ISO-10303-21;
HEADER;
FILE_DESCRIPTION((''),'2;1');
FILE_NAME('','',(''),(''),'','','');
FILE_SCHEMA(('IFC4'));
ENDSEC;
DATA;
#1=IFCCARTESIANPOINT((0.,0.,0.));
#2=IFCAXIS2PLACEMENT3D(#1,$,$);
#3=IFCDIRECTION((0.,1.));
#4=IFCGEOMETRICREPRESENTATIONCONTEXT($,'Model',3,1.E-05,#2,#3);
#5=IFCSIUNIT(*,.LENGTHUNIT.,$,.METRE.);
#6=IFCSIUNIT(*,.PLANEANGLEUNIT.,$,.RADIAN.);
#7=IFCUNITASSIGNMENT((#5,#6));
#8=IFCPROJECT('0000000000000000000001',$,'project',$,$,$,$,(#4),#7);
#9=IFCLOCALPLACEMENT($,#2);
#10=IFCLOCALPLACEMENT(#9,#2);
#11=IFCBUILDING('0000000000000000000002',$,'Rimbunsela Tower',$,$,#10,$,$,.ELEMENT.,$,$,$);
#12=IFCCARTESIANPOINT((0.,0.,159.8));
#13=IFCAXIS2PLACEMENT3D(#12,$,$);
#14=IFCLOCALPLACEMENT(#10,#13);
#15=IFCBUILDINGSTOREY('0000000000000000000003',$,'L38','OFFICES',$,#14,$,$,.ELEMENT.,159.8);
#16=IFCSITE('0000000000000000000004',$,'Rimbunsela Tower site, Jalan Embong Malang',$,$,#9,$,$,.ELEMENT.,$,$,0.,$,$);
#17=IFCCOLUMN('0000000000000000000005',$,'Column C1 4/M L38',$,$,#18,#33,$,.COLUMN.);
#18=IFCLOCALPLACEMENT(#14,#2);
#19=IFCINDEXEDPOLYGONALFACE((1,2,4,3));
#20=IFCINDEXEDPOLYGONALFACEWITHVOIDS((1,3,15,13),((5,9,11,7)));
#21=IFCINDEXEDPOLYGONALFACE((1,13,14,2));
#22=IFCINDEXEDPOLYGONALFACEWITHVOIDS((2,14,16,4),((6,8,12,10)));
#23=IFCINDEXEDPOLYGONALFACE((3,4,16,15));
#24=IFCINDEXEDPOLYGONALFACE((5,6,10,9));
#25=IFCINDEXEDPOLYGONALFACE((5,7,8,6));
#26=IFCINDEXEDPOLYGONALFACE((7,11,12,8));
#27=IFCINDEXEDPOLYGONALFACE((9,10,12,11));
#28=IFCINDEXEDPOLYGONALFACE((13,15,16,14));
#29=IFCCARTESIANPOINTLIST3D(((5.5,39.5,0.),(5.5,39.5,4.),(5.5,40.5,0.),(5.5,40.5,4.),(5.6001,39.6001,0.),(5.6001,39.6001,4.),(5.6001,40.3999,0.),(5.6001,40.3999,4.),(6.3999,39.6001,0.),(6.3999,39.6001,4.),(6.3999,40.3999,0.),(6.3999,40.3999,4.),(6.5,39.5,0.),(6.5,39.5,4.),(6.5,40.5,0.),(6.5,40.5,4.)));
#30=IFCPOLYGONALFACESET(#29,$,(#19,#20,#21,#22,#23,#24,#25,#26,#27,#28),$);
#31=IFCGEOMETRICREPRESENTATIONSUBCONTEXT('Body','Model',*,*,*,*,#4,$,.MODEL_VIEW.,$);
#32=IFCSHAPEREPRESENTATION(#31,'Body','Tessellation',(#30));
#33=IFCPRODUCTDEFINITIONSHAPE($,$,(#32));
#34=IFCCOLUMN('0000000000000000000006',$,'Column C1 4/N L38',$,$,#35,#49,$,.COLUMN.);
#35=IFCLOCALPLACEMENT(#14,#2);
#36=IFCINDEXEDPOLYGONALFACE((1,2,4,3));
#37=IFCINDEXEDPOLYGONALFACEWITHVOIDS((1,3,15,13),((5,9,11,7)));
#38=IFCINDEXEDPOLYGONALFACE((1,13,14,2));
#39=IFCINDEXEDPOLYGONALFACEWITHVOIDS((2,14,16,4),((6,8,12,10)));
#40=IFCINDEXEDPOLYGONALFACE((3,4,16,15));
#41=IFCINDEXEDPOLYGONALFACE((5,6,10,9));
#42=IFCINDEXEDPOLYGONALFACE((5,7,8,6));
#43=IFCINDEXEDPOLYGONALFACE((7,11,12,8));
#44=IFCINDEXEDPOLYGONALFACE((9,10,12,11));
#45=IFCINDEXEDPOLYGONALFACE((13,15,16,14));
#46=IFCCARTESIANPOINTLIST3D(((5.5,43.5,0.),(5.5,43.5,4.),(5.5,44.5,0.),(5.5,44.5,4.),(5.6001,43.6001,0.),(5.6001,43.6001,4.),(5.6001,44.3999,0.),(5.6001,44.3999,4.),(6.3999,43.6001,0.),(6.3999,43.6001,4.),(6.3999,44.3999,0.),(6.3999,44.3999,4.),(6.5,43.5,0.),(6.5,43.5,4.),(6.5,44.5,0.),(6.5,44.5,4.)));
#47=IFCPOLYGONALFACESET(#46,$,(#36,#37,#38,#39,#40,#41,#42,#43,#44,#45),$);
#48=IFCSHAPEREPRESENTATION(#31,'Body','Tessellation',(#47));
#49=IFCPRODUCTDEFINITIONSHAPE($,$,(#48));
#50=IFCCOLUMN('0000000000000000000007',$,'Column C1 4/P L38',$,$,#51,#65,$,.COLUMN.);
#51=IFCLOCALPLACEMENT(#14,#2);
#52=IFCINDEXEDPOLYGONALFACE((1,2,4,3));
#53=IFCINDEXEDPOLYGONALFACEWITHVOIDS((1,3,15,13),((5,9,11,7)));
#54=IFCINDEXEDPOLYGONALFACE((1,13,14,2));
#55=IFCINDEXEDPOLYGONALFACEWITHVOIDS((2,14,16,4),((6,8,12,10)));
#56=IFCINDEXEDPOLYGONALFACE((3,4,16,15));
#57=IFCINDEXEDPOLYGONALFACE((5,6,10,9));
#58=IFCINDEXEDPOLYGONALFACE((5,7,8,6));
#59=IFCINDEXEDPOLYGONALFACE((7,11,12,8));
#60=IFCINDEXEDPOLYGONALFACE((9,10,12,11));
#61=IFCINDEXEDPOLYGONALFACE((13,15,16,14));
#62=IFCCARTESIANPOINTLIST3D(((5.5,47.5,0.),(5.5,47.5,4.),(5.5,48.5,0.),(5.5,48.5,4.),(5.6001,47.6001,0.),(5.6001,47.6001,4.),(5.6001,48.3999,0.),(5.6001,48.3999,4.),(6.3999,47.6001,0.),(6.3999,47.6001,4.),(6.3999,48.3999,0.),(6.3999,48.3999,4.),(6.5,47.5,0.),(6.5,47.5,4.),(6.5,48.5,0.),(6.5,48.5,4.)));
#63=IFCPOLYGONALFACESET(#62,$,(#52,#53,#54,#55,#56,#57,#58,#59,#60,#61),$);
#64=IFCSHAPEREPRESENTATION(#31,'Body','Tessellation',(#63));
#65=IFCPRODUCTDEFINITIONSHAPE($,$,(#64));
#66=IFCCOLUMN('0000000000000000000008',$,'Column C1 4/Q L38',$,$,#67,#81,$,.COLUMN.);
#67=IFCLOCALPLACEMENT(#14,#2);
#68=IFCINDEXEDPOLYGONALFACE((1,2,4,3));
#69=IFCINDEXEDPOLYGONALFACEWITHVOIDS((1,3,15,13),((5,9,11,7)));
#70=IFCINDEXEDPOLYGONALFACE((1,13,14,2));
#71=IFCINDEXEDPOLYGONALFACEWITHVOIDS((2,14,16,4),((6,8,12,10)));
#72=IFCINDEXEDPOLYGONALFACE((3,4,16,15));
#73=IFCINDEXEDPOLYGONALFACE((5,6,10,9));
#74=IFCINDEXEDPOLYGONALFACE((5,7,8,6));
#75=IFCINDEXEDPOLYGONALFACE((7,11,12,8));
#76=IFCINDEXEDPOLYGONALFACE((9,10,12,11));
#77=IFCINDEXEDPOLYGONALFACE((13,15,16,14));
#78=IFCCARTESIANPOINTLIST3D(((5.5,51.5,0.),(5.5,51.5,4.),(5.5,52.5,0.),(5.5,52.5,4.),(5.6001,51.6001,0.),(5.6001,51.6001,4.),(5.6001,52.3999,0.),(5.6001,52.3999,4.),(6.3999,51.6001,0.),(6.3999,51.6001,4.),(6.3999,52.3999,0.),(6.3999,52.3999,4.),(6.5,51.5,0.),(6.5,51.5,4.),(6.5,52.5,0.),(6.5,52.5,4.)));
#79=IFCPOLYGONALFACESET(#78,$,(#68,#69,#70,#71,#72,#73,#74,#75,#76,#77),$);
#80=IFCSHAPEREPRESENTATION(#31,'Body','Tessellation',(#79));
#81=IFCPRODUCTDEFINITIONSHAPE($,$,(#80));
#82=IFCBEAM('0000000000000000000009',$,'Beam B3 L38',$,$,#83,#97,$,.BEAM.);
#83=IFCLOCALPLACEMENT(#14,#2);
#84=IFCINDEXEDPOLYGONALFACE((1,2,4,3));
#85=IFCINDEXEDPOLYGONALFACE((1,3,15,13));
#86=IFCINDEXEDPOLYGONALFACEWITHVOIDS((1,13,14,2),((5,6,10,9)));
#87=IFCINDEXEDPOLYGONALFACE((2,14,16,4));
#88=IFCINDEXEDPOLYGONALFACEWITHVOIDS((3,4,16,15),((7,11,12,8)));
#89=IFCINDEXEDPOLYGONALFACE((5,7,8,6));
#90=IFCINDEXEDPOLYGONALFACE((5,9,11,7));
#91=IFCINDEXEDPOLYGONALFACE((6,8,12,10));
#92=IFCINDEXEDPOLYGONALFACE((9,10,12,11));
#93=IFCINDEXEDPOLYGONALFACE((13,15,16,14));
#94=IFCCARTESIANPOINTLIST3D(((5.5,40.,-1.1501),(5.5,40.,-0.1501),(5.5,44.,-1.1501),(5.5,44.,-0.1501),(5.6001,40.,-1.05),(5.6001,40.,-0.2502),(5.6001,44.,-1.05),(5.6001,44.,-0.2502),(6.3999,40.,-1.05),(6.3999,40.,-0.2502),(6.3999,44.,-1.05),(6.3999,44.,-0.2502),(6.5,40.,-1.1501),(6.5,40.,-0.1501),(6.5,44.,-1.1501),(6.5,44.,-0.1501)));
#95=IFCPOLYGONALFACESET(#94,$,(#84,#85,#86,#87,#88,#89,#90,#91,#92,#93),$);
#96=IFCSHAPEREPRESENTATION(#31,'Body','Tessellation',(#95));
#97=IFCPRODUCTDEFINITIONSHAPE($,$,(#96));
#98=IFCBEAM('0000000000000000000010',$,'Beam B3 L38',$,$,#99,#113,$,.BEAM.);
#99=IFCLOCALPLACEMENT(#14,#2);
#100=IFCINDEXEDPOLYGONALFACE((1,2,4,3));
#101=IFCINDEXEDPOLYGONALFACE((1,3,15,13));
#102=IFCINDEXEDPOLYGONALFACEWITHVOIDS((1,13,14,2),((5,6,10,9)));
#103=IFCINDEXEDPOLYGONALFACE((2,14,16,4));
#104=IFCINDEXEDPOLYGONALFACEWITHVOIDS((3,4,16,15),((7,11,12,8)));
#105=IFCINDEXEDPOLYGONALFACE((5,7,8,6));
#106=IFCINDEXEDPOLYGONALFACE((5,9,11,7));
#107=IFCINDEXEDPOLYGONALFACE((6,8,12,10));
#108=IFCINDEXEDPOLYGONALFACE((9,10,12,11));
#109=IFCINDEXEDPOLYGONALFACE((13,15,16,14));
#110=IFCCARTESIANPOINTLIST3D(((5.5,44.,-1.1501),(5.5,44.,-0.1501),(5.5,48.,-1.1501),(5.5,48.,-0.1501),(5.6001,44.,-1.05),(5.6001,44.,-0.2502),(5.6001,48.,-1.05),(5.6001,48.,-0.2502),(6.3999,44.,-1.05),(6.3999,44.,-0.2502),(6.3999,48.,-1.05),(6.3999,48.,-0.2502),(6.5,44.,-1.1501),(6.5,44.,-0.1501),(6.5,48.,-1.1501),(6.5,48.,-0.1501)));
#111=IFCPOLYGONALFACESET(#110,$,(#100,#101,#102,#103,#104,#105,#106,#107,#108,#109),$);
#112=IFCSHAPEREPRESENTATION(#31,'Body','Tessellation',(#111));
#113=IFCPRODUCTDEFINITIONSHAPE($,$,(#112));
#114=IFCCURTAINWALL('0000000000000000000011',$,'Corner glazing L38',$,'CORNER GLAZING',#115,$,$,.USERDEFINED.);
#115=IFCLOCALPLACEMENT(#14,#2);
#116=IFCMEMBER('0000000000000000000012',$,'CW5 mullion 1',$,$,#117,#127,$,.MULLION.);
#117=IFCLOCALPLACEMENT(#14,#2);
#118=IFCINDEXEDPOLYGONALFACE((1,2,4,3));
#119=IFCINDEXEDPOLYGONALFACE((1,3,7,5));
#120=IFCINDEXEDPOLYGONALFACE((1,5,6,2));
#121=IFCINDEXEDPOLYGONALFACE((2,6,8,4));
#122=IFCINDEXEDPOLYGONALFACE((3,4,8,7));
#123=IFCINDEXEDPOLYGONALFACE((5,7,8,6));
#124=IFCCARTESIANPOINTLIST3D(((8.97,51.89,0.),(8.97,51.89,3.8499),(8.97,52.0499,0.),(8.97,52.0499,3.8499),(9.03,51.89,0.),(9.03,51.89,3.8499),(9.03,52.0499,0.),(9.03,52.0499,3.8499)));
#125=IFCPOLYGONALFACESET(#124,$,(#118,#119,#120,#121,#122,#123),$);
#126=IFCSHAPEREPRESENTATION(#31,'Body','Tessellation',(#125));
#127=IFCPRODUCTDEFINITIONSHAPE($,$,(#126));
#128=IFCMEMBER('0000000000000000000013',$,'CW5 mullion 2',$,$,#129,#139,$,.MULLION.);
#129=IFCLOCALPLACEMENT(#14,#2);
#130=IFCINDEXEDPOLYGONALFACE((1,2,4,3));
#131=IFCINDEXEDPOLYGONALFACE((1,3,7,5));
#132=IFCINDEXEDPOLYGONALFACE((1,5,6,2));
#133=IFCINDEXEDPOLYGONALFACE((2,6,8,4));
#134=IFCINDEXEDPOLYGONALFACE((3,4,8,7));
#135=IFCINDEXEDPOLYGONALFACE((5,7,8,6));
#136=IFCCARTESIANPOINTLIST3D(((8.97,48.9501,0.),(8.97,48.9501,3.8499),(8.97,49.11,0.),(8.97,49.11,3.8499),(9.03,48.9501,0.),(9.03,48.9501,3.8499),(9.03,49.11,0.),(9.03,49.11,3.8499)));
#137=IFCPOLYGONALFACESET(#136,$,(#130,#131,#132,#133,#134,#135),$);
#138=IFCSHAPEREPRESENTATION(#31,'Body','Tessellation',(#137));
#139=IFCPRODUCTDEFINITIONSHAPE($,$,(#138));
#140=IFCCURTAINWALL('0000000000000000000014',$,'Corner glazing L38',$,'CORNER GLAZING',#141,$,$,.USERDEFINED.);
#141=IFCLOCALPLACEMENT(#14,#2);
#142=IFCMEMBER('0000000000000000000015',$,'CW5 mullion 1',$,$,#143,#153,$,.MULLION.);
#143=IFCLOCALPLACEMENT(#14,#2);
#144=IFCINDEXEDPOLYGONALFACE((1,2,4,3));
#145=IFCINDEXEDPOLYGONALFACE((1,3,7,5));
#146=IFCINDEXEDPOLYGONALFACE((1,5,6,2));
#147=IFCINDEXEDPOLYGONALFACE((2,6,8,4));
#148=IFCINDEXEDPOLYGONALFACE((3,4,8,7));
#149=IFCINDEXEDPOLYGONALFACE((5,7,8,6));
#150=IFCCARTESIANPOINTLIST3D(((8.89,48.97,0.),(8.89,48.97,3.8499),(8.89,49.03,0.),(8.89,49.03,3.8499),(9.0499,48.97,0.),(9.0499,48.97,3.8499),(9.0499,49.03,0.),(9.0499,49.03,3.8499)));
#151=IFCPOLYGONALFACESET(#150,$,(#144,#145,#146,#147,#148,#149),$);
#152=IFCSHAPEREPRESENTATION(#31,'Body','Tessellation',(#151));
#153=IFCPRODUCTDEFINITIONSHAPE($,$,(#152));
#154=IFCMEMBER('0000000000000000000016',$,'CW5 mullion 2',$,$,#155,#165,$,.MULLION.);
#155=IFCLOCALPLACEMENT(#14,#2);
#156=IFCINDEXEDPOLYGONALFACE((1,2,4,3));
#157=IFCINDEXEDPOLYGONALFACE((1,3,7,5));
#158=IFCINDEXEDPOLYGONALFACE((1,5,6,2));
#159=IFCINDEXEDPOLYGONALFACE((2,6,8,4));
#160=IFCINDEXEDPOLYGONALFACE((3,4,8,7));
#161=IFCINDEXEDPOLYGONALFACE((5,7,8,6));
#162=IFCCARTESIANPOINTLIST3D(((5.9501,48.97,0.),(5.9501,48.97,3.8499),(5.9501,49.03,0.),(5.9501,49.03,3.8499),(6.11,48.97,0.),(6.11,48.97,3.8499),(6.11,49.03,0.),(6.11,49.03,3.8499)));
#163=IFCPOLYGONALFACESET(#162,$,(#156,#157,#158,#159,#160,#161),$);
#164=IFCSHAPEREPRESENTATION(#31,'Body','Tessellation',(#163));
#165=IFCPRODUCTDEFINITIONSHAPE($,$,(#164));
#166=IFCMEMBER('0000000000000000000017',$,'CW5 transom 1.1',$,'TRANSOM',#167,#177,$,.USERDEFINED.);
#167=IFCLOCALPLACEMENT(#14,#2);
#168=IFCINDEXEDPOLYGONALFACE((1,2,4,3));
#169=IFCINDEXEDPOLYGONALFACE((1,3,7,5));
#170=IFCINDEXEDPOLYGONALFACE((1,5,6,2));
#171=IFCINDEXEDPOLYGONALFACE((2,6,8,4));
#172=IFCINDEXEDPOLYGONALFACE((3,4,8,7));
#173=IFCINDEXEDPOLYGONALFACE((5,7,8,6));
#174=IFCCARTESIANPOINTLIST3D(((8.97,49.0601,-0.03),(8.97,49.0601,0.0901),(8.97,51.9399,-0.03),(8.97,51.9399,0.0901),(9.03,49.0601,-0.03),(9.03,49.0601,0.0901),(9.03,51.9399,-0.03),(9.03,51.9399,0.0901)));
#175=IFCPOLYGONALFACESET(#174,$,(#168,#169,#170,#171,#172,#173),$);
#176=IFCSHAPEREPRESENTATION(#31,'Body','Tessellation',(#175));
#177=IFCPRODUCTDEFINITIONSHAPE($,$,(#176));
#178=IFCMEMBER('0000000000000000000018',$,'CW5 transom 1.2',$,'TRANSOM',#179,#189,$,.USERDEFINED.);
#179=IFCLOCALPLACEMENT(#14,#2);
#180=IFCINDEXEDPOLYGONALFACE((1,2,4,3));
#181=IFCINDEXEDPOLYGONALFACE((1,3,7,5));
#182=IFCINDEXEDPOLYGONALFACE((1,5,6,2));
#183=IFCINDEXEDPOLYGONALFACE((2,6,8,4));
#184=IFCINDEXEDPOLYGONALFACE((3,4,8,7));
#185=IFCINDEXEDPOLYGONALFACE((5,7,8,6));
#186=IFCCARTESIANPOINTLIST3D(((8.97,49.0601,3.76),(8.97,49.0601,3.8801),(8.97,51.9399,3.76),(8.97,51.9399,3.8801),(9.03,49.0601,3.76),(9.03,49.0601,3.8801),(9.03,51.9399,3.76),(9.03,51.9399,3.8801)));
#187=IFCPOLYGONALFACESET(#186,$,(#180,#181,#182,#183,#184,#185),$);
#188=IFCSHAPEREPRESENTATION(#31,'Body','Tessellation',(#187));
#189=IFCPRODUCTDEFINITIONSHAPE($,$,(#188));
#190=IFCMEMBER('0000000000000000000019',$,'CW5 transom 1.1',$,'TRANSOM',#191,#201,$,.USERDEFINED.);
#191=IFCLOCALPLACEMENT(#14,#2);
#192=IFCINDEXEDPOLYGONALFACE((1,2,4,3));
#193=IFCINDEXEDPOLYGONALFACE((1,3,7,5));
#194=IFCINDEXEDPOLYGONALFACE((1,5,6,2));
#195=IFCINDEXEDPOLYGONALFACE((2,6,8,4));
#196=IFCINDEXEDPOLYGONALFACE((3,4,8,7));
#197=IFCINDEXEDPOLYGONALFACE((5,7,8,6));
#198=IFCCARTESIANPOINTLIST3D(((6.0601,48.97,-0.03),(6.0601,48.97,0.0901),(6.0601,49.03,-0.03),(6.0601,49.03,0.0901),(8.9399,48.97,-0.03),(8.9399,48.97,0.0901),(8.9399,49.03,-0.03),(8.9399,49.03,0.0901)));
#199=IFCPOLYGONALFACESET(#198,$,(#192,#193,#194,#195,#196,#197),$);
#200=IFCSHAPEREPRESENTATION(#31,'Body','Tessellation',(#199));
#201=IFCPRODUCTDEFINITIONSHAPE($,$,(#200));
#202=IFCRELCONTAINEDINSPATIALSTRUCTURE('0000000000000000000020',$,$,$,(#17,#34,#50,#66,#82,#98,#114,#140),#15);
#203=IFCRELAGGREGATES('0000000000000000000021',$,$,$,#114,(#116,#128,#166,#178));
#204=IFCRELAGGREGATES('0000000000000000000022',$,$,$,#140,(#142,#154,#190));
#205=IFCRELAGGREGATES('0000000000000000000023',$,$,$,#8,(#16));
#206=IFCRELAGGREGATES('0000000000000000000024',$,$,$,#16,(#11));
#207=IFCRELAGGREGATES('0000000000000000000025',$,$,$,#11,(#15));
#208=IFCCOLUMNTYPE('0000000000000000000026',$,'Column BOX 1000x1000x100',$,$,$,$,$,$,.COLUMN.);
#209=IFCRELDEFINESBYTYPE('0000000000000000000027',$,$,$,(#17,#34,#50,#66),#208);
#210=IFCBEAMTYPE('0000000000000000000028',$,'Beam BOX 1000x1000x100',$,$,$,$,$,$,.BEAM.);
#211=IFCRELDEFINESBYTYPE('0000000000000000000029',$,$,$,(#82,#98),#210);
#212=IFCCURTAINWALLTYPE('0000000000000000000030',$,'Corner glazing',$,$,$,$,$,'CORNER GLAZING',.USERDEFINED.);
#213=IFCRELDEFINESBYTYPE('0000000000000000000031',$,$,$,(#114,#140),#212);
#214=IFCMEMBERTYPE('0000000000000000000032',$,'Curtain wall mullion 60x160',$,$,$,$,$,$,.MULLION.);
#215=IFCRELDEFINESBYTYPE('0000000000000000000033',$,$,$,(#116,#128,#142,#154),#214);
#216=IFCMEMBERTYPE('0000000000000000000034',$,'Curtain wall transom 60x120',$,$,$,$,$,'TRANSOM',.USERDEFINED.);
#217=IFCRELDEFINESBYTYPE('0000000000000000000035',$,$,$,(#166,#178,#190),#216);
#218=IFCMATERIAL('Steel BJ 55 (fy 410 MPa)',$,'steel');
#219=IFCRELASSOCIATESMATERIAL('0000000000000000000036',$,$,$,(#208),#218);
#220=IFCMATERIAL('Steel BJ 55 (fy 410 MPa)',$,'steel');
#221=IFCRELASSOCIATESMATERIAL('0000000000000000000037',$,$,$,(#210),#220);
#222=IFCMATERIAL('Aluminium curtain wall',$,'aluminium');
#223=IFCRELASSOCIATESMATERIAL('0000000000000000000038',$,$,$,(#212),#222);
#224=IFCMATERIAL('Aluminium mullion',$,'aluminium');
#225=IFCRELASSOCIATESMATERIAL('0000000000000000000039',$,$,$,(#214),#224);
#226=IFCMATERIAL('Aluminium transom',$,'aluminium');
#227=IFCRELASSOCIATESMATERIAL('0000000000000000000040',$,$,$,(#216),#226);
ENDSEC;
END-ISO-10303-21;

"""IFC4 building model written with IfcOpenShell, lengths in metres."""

from ifc_helpers import new_model, si_unit, direction, frame, origin, origin_2d, place, context, subcontext, project, spatial, rectangle, hollow_rectangle, extrude, material, material_profile, profile_set, type_object, element, aggregate, save


model = new_model("IFC4")

# Units and contexts
model_context = context("Model", 3, precision=1e-05, world=origin(), true_north=direction((0.0, 1.0)))
body_context = subcontext(model_context, "Body", "Model", "MODEL_VIEW")
ifc_project = project(units=[si_unit("LENGTHUNIT", "METRE"), si_unit("PLANEANGLEUNIT", "RADIAN")], contexts=[model_context])

# Site, building, storey
site_placement = place(None, origin())
site = spatial("IfcSite", under=ifc_project, at=site_placement, Name="Rimbunsela Tower site, Jalan Embong Malang", CompositionType="ELEMENT", RefElevation=0.0)
building_placement = place(site_placement, origin())
building = spatial("IfcBuilding", under=site, at=building_placement, Name="Rimbunsela Tower", CompositionType="ELEMENT")
storey_placement = place(building_placement, frame((0.0, 0.0, 159.8)))
storey = spatial("IfcBuildingStorey", under=building, at=storey_placement, Name="L38", Description="OFFICES", CompositionType="ELEMENT", Elevation=159.8)

# Columns
ifc_material_1 = material(Name="Steel BJ 55 (fy 410 MPa)", Category="steel")
ifc_material_profile_1 = material_profile(ifc_material_1, hollow_rectangle(XDim=1.0, YDim=1.0, WallThickness=0.1001, at=origin_2d()), Name="BOX 1000x1000x100")
ifc_profile_set_1 = profile_set([ifc_material_profile_1], Name="Steel BJ 55 (fy 410 MPa)")
column_type = type_object("IfcColumnType", Name="Column BOX 1000x1000x100", PredefinedType="COLUMN", material=ifc_profile_set_1)
for number, where, z_axis, x_axis, name in (
    (1, (6.0, 40.0, 0.0), (0.0, 0.0, 1.0), (1.0, 0.0, 0.0), "Column C1 4/M L38"),
    (2, (6.0, 44.0, 0.0), (0.0, 0.0, 1.0), (1.0, 0.0, 0.0), "Column C1 4/N L38"),
    (3, (6.0, 48.0, 0.0), (0.0, 0.0, 1.0), (1.0, 0.0, 0.0), "Column C1 4/P L38"),
    (4, (6.0, 52.0, 0.0), (0.0, 0.0, 1.0), (1.0, 0.0, 0.0), "Column C1 4/Q L38"),
):
    element("IfcColumn", number, at=place(storey_placement, frame(where, z_axis=z_axis, x_axis=x_axis)), inside=storey, type_object=column_type, Name=name, PredefinedType="COLUMN", context=body_context, shape_type="SweptSolid", body=[
        extrude(hollow_rectangle(XDim=1.0, YDim=1.0, WallThickness=0.1001, at=origin_2d()), origin(), (0.0, 0.0, 1.0), 4.0),
    ])

# Beams
ifc_material_2 = material(Name="Steel BJ 55 (fy 410 MPa)", Category="steel")
ifc_material_profile_2 = material_profile(ifc_material_2, hollow_rectangle(XDim=1.0, YDim=1.0, WallThickness=0.1001, at=origin_2d()), Name="BOX 1000x1000x100")
ifc_profile_set_2 = profile_set([ifc_material_profile_2], Name="Steel BJ 55 (fy 410 MPa)")
beam_type = type_object("IfcBeamType", Name="Beam BOX 1000x1000x100", PredefinedType="BEAM", material=ifc_profile_set_2)
for number, where, z_axis, x_axis, name in (
    (5, (6.0, 40.0, -0.6501), (0.0, 1.0, 0.0), (-1.0, 0.0, 0.0), "Beam B3 L38"),
    (6, (6.0, 44.0, -0.6501), (0.0, 1.0, 0.0), (-1.0, 0.0, 0.0), "Beam B3 L38"),
):
    element("IfcBeam", number, at=place(storey_placement, frame(where, z_axis=z_axis, x_axis=x_axis)), inside=storey, type_object=beam_type, Name=name, PredefinedType="BEAM", context=body_context, shape_type="SweptSolid", body=[
        extrude(hollow_rectangle(XDim=1.0, YDim=1.0, WallThickness=0.1001, at=origin_2d()), origin(), (0.0, 0.0, 1.0), 4.0),
    ])

# Curtain walls, members
ifc_material_3 = material(Name="Aluminium curtain wall", Category="aluminium")
curtain_wall_type = type_object("IfcCurtainWallType", Name="Corner glazing", ElementType="CORNER GLAZING", PredefinedType="USERDEFINED", material=ifc_material_3)
curtain_wall_1_placement = place(storey_placement, origin())
curtain_wall_1 = element("IfcCurtainWall", 7, at=curtain_wall_1_placement, inside=storey, type_object=curtain_wall_type, Name="Corner glazing L38", ObjectType="CORNER GLAZING", PredefinedType="USERDEFINED")
ifc_material_4 = material(Name="Aluminium mullion", Category="aluminium")
ifc_material_profile_3 = material_profile(ifc_material_4, rectangle(XDim=0.0601, YDim=0.1599, at=origin_2d()), Name="Mullion 60x160")
ifc_profile_set_3 = profile_set([ifc_material_profile_3], Name="Aluminium mullion")
member_type_1 = type_object("IfcMemberType", Name="Curtain wall mullion 60x160", PredefinedType="MULLION", material=ifc_profile_set_3)
member_1_placement = place(storey_placement, frame((9.0, 51.97, 0.0), z_axis=(0.0, 0.0, 1.0), x_axis=(1.0, 0.0, 0.0)))
member_1 = element("IfcMember", 8, at=member_1_placement, type_object=member_type_1, Name="CW5 mullion 1", PredefinedType="MULLION", context=body_context, shape_type="SweptSolid", body=[
    extrude(rectangle(XDim=0.0601, YDim=0.1599, at=origin_2d()), origin(), (0.0, 0.0, 1.0), 3.8499),
])
member_2_placement = place(storey_placement, frame((9.0, 49.03, 0.0), z_axis=(0.0, 0.0, 1.0), x_axis=(1.0, 0.0, 0.0)))
member_2 = element("IfcMember", 9, at=member_2_placement, type_object=member_type_1, Name="CW5 mullion 2", PredefinedType="MULLION", context=body_context, shape_type="SweptSolid", body=[
    extrude(rectangle(XDim=0.0601, YDim=0.1599, at=origin_2d()), origin(), (0.0, 0.0, 1.0), 3.8499),
])
curtain_wall_2_placement = place(storey_placement, origin())
curtain_wall_2 = element("IfcCurtainWall", 10, at=curtain_wall_2_placement, inside=storey, type_object=curtain_wall_type, Name="Corner glazing L38", ObjectType="CORNER GLAZING", PredefinedType="USERDEFINED")
member_3_placement = place(storey_placement, frame((8.97, 49.0, 0.0), z_axis=(0.0, 0.0, 1.0), x_axis=(0.0, -1.0, 0.0)))
member_3 = element("IfcMember", 11, at=member_3_placement, type_object=member_type_1, Name="CW5 mullion 1", PredefinedType="MULLION", context=body_context, shape_type="SweptSolid", body=[
    extrude(rectangle(XDim=0.0601, YDim=0.1599, at=origin_2d()), origin(), (0.0, 0.0, 1.0), 3.8499),
])
member_4_placement = place(storey_placement, frame((6.03, 49.0, 0.0), z_axis=(0.0, 0.0, 1.0), x_axis=(0.0, -1.0, 0.0)))
member_4 = element("IfcMember", 12, at=member_4_placement, type_object=member_type_1, Name="CW5 mullion 2", PredefinedType="MULLION", context=body_context, shape_type="SweptSolid", body=[
    extrude(rectangle(XDim=0.0601, YDim=0.1599, at=origin_2d()), origin(), (0.0, 0.0, 1.0), 3.8499),
])

# Members
ifc_material_5 = material(Name="Aluminium transom", Category="aluminium")
ifc_material_profile_4 = material_profile(ifc_material_5, rectangle(XDim=0.0601, YDim=0.1201, at=origin_2d()), Name="Transom 60x120")
ifc_profile_set_4 = profile_set([ifc_material_profile_4], Name="Aluminium transom")
member_type_2 = type_object("IfcMemberType", Name="Curtain wall transom 60x120", ElementType="TRANSOM", PredefinedType="USERDEFINED", material=ifc_profile_set_4)
member_5_placement = place(storey_placement, frame((9.0, 51.9399, 0.03), z_axis=(0.0, -1.0, 0.0), x_axis=(1.0, 0.0, 0.0)))
member_5 = element("IfcMember", 13, at=member_5_placement, type_object=member_type_2, Name="CW5 transom 1.1", ObjectType="TRANSOM", PredefinedType="USERDEFINED", context=body_context, shape_type="SweptSolid", body=[
    extrude(rectangle(XDim=0.0601, YDim=0.1201, at=origin_2d()), origin(), (0.0, 0.0, 1.0), 2.8799),
])
member_6_placement = place(storey_placement, frame((9.0, 51.9399, 3.8201), z_axis=(0.0, -1.0, 0.0), x_axis=(1.0, 0.0, 0.0)))
member_6 = element("IfcMember", 14, at=member_6_placement, type_object=member_type_2, Name="CW5 transom 1.2", ObjectType="TRANSOM", PredefinedType="USERDEFINED", context=body_context, shape_type="SweptSolid", body=[
    extrude(rectangle(XDim=0.0601, YDim=0.1201, at=origin_2d()), origin(), (0.0, 0.0, 1.0), 2.8799),
])
member_7_placement = place(storey_placement, frame((8.9399, 49.0, 0.03), z_axis=(-1.0, 0.0, 0.0), x_axis=(0.0, -1.0, 0.0)))
member_7 = element("IfcMember", 15, at=member_7_placement, type_object=member_type_2, Name="CW5 transom 1.1", ObjectType="TRANSOM", PredefinedType="USERDEFINED", context=body_context, shape_type="SweptSolid", body=[
    extrude(rectangle(XDim=0.0601, YDim=0.1201, at=origin_2d()), origin(), (0.0, 0.0, 1.0), 2.8799),
])

aggregate(curtain_wall_1, [member_1, member_2, member_5, member_6])
aggregate(curtain_wall_2, [member_3, member_4, member_7])

save(model, "model.ifc")
